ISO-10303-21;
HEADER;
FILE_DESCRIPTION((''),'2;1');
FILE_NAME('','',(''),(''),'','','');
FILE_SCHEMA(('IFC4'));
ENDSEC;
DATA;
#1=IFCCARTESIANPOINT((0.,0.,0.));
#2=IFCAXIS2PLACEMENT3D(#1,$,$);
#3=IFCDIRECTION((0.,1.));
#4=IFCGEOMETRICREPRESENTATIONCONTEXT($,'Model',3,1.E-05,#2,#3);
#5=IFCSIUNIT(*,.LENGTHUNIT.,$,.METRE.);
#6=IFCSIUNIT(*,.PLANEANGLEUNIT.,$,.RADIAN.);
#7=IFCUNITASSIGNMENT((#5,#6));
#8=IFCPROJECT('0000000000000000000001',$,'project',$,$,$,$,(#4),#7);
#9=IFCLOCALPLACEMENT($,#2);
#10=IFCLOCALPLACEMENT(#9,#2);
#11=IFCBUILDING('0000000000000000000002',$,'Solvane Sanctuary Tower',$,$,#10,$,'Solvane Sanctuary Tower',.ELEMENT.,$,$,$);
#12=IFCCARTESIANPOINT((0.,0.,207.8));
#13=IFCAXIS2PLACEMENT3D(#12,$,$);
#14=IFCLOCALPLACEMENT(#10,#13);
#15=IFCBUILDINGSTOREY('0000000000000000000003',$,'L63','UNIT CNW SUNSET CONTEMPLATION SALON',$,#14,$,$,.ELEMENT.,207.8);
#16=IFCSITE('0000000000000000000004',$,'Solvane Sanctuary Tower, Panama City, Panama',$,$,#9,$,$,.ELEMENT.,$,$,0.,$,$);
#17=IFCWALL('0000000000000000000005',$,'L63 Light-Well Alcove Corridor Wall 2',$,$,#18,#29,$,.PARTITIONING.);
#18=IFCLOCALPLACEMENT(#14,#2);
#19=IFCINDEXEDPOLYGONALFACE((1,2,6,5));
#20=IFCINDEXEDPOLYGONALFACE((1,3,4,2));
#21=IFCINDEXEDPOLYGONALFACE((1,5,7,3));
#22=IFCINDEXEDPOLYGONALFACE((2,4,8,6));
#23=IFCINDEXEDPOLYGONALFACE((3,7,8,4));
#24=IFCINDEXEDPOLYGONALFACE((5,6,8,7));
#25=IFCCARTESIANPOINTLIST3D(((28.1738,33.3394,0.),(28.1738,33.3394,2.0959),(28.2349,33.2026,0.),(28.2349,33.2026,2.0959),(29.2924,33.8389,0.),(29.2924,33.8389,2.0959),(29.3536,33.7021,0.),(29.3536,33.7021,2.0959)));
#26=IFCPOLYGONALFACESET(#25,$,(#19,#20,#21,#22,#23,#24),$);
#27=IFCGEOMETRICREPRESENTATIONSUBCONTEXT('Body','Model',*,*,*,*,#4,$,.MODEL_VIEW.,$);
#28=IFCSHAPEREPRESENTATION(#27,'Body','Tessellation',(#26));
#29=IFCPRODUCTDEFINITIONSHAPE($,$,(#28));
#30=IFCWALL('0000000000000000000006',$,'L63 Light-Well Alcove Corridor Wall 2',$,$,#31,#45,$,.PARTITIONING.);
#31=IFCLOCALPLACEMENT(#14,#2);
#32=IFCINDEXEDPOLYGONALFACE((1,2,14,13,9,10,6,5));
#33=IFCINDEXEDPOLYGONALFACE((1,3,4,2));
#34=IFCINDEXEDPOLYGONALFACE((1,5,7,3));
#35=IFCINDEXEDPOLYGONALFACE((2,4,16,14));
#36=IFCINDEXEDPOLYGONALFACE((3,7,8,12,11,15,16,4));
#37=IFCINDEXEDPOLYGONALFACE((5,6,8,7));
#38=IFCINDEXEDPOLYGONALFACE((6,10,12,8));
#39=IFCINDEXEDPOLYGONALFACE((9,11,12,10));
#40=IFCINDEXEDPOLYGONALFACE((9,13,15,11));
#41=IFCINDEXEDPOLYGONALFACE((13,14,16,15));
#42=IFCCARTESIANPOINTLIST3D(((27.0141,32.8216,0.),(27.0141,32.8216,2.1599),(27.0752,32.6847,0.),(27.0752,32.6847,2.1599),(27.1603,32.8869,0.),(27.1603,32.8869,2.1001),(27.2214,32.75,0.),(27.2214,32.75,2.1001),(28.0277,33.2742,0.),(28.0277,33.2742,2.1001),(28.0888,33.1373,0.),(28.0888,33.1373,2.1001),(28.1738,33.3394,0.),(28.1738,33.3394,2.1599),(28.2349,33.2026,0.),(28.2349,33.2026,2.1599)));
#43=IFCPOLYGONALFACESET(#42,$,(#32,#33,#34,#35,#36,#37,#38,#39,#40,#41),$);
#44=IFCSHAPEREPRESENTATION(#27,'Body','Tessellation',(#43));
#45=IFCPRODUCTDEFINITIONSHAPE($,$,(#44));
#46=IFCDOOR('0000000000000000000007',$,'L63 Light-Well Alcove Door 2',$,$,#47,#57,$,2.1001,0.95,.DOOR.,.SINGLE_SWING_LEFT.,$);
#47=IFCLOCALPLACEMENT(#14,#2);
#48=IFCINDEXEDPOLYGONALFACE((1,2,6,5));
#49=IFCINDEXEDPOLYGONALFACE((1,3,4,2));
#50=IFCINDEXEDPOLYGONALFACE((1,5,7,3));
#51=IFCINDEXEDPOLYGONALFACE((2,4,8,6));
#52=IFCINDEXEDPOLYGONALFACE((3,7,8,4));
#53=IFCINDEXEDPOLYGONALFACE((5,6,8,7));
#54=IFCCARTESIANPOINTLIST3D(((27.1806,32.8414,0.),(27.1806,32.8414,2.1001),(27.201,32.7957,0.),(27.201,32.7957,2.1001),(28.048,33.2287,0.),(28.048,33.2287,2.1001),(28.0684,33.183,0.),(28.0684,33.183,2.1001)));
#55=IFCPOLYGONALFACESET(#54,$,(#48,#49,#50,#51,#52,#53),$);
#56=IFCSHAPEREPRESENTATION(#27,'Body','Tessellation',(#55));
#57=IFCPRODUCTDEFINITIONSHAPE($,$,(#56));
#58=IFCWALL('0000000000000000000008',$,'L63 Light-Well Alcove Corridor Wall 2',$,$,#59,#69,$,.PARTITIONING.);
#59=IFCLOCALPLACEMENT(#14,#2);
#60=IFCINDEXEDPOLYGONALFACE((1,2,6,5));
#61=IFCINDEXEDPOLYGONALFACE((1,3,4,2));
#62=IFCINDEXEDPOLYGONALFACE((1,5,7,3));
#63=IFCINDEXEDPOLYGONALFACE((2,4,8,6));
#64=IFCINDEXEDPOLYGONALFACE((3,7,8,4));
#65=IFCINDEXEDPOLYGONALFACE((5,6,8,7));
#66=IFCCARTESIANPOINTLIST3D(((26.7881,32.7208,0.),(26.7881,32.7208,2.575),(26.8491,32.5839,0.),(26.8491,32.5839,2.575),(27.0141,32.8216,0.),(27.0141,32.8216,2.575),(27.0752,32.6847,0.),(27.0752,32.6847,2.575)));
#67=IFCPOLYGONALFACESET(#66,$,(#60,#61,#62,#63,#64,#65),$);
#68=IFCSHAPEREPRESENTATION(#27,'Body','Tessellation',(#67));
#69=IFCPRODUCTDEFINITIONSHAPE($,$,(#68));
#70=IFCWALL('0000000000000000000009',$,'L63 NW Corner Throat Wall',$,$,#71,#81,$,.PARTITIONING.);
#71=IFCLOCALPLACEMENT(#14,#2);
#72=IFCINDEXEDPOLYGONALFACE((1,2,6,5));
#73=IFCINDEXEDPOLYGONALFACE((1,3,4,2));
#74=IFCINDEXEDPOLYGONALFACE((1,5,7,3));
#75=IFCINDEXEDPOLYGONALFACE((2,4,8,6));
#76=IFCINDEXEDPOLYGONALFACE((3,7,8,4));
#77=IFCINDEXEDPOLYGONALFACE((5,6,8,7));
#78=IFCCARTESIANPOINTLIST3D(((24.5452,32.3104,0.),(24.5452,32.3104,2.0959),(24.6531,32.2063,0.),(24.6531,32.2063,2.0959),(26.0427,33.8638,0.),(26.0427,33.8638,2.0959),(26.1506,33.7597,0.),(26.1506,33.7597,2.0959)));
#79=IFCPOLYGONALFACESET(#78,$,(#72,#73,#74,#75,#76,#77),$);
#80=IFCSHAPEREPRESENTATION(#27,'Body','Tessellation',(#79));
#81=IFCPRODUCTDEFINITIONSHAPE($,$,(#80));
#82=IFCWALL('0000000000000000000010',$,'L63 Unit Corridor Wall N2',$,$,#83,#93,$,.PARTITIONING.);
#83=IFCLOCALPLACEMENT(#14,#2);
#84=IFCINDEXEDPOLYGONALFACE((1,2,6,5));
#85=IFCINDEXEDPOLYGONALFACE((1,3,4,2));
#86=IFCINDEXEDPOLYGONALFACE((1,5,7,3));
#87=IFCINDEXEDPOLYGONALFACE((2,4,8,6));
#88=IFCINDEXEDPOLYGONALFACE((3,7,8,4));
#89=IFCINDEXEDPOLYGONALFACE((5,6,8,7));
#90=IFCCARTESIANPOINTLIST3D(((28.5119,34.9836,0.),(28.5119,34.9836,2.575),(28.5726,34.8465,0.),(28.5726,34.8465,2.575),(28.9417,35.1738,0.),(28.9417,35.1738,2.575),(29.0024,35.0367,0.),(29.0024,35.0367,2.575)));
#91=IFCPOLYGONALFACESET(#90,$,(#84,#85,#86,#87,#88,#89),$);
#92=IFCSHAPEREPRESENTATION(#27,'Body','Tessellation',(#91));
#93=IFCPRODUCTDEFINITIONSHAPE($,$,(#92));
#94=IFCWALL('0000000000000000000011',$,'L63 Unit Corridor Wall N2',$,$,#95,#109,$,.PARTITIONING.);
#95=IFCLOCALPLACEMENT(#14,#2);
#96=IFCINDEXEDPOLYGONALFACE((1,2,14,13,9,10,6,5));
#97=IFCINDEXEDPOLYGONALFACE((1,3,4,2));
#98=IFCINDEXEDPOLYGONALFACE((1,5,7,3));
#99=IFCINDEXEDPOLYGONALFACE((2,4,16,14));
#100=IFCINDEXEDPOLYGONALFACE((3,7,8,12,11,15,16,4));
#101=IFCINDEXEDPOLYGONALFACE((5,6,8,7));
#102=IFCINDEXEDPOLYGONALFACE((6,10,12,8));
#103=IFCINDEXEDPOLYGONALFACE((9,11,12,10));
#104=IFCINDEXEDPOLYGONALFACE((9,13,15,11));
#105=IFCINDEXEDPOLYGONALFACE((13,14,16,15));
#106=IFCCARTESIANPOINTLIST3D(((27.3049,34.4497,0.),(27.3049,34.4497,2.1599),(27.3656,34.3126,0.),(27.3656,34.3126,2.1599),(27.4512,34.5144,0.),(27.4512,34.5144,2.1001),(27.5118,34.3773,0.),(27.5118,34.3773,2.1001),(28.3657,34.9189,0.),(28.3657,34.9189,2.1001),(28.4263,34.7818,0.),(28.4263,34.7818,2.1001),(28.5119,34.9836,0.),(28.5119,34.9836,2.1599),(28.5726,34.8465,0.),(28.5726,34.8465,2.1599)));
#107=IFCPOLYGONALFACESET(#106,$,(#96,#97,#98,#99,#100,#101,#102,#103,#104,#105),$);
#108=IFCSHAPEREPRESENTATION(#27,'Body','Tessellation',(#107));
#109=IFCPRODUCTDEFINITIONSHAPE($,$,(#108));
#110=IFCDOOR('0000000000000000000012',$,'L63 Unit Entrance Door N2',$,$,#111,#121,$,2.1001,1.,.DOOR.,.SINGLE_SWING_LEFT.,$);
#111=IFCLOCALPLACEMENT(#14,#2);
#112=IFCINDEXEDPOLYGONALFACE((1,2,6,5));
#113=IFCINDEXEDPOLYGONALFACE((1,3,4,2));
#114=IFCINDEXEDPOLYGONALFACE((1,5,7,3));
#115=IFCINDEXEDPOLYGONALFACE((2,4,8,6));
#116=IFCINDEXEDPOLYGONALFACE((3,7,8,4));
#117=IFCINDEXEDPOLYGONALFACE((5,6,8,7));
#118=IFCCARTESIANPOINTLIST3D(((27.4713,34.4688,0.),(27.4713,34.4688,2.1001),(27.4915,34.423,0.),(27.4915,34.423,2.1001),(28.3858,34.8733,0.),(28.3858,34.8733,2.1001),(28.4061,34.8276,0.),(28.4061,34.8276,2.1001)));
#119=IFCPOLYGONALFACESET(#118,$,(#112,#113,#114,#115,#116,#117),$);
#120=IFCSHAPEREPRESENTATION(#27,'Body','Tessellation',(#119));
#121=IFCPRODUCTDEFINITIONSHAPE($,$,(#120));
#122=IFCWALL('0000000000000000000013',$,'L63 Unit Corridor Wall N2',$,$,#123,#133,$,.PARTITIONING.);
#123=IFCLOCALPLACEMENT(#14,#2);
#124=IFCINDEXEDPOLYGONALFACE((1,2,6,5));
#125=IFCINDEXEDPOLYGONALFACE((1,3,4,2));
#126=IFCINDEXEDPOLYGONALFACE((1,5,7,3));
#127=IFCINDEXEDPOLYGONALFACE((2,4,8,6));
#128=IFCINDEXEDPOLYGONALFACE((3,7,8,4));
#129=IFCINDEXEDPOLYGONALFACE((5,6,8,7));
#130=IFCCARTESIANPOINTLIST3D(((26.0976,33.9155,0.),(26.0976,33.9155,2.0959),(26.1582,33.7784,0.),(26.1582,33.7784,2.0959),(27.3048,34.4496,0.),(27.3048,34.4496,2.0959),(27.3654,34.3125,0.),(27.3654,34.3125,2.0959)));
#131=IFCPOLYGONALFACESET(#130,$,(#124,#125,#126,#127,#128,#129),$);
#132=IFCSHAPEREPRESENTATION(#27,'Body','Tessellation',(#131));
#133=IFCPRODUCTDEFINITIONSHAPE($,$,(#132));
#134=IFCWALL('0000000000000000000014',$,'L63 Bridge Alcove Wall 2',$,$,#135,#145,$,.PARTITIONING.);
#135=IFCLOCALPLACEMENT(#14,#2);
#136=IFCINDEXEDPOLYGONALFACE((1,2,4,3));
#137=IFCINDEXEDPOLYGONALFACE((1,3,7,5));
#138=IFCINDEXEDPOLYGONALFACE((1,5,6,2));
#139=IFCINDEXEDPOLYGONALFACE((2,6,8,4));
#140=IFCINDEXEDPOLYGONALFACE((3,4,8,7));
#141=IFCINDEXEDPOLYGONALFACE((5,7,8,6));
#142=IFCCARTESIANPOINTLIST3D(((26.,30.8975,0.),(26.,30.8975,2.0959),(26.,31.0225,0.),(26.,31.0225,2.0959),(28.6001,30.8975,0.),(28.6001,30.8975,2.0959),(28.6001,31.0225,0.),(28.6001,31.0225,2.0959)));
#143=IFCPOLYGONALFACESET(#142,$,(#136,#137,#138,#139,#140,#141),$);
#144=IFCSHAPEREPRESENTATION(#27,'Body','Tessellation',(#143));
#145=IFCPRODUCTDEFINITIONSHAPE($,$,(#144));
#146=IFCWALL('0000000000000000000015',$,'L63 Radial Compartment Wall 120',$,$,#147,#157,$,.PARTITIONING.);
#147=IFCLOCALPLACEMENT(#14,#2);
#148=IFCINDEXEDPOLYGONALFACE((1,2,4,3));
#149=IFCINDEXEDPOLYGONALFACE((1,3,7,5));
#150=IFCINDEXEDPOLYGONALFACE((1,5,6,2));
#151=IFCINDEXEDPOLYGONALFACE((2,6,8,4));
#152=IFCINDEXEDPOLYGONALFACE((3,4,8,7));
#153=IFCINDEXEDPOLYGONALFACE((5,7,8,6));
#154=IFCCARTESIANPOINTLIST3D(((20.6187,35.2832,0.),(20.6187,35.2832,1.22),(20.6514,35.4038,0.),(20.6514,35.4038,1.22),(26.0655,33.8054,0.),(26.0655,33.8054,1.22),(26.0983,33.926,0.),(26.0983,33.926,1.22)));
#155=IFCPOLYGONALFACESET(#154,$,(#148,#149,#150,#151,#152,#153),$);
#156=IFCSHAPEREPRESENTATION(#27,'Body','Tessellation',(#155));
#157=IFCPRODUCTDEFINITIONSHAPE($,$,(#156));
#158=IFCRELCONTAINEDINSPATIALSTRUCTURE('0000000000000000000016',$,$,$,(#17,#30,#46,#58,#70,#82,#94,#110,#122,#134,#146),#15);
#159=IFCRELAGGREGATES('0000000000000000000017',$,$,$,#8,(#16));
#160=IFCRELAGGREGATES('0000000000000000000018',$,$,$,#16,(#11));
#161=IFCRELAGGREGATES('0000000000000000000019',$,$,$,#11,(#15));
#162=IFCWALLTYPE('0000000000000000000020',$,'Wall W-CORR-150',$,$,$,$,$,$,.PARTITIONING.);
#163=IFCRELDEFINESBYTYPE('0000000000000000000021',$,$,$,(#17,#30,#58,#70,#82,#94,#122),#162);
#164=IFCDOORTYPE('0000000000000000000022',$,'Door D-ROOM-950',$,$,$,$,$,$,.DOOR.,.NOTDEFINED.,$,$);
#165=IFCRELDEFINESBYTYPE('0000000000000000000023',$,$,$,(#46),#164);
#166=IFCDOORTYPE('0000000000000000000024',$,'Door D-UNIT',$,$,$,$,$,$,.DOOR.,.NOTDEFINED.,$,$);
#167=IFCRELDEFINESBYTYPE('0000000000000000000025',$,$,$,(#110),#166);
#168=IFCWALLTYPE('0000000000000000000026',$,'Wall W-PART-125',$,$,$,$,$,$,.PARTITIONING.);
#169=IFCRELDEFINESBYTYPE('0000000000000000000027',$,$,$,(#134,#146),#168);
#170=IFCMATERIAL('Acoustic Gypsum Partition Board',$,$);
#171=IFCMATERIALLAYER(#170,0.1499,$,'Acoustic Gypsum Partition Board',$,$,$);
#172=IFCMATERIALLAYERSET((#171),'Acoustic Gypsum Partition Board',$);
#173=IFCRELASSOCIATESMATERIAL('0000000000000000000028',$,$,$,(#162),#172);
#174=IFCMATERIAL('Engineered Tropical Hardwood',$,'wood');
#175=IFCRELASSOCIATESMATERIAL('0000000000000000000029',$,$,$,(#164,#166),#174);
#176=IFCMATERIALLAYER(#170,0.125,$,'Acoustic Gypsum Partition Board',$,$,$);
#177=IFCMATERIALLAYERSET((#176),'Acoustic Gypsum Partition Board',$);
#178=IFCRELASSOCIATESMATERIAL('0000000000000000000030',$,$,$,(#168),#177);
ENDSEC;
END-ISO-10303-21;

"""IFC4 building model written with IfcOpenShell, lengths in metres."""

from ifc_helpers import new_model, si_unit, direction, frame, frame_2d, origin, place, context, subcontext, project, spatial, rectangle, extrude, material, layer, layer_set, type_object, element, fill, save


model = new_model("IFC4")

# Units and contexts
model_context = context("Model", 3, precision=1e-05, world=origin(), true_north=direction((0.0, 1.0)))
body_context = subcontext(model_context, "Body", "Model", "MODEL_VIEW")
ifc_project = project(units=[si_unit("LENGTHUNIT", "METRE"), si_unit("PLANEANGLEUNIT", "RADIAN")], contexts=[model_context])

# Site, building, storey
site_placement = place(None, origin())
site = spatial("IfcSite", under=ifc_project, at=site_placement, Name="Solvane Sanctuary Tower, Panama City, Panama", CompositionType="ELEMENT", RefElevation=0.0)
building_placement = place(site_placement, origin())
building = spatial("IfcBuilding", under=site, at=building_placement, Name="Solvane Sanctuary Tower", LongName="Solvane Sanctuary Tower", CompositionType="ELEMENT")
storey_placement = place(building_placement, frame((0.0, 0.0, 207.8)))
storey = spatial("IfcBuildingStorey", under=building, at=storey_placement, Name="L63", Description="UNIT CNW SUNSET CONTEMPLATION SALON", CompositionType="ELEMENT", Elevation=207.8)

# Wall
ifc_material_1 = material(Name="Acoustic Gypsum Partition Board")
ifc_layer_1 = layer(ifc_material_1, 0.1499, Name="Acoustic Gypsum Partition Board")
ifc_layer_set_1 = layer_set([ifc_layer_1], Name="Acoustic Gypsum Partition Board")
wall_type_1 = type_object("IfcWallType", Name="Wall W-CORR-150", PredefinedType="PARTITIONING", material=ifc_layer_set_1)
wall_1_placement = place(storey_placement, frame((29.323, 33.7705, 0.0), z_axis=(0.0, 0.0, 1.0), x_axis=(-0.913103, -0.407728, 0.0)))
element("IfcWall", 1, at=wall_1_placement, inside=storey, type_object=wall_type_1, Name="L63 Light-Well Alcove Corridor Wall 2", PredefinedType="PARTITIONING", context=body_context, shape_type="SweptSolid", body=[
    extrude(rectangle(XDim=1.2251, YDim=0.1499, at=frame_2d((0.6125, 0.0))), origin(), (0.0, 0.0, 1.0), 2.0959),
])

# Wall, opening, door
wall_2_placement = place(storey_placement, frame((28.2043, 33.271, 0.0), z_axis=(0.0, 0.0, 1.0), x_axis=(-0.913105, -0.407725, 0.0)))
wall_2 = element("IfcWall", 2, at=wall_2_placement, inside=storey, type_object=wall_type_1, Name="L63 Light-Well Alcove Corridor Wall 2", PredefinedType="PARTITIONING", context=body_context, shape_type="SweptSolid", body=[
    extrude(rectangle(XDim=1.27, YDim=0.1499, at=frame_2d((0.635, 0.0))), origin(), (0.0, 0.0, 1.0), 2.1599),
])
opening_1_placement = place(wall_2_placement, frame((0.1599, 0.0, 0.0)))
opening_1 = element("IfcOpeningElement", 3, at=opening_1_placement, cuts=wall_2, PredefinedType="OPENING", context=body_context, shape_type="SweptSolid", body=[
    extrude(rectangle(XDim=0.95, YDim=2.1001, at=frame_2d((0.4751, 1.05))), frame((0.0, 0.085, 0.0), z_axis=(0.0, -1.0, 0.0), x_axis=(1.0, 0.0, 0.0)), (0.0, 0.0, 1.0), 0.1699),
])
ifc_material_2 = material(Name="Engineered Tropical Hardwood", Category="wood")
door_type_1 = type_object("IfcDoorType", Name="Door D-ROOM-950", OperationType="NOTDEFINED", PredefinedType="DOOR", material=ifc_material_2)
door_1_placement = place(opening_1_placement, origin())
door_1 = element("IfcDoor", 4, at=door_1_placement, inside=storey, type_object=door_type_1, Name="L63 Light-Well Alcove Door 2", OperationType="SINGLE_SWING_LEFT", OverallHeight=2.1001, OverallWidth=0.95, PredefinedType="DOOR", context=body_context, shape_type="SweptSolid", body=[
    extrude(rectangle(XDim=0.95, YDim=2.1001, at=frame_2d((0.4751, 1.05))), frame((0.0, 0.0249, 0.0), z_axis=(0.0, -1.0, 0.0), x_axis=(1.0, 0.0, 0.0)), (0.0, 0.0, 1.0), 0.05),
])
fill(opening_1, door_1)

# Walls
wall_3_placement = place(storey_placement, frame((27.0447, 32.7532, 0.0), z_axis=(0.0, 0.0, 1.0), x_axis=(-0.913282, -0.407328, 0.0)))
element("IfcWall", 5, at=wall_3_placement, inside=storey, type_object=wall_type_1, Name="L63 Light-Well Alcove Corridor Wall 2", PredefinedType="PARTITIONING", context=body_context, shape_type="SweptSolid", body=[
    extrude(rectangle(XDim=0.2476, YDim=0.1499, at=frame_2d((0.1238, 0.0))), origin(), (0.0, 0.0, 1.0), 2.575),
])
wall_4_placement = place(storey_placement, frame((26.0967, 33.8118, 0.0), z_axis=(0.0, 0.0, 1.0), x_axis=(-0.694033, -0.719943, 0.0)))
element("IfcWall", 6, at=wall_4_placement, inside=storey, type_object=wall_type_1, Name="L63 NW Corner Throat Wall", PredefinedType="PARTITIONING", context=body_context, shape_type="SweptSolid", body=[
    extrude(rectangle(XDim=2.1577, YDim=0.1499, at=frame_2d((1.0789, 0.0))), origin(), (0.0, 0.0, 1.0), 2.0959),
])
wall_5_placement = place(storey_placement, frame((28.9719, 35.1052, 0.0), z_axis=(0.0, 0.0, 1.0), x_axis=(-0.914432, -0.40474, 0.0)))
element("IfcWall", 7, at=wall_5_placement, inside=storey, type_object=wall_type_1, Name="L63 Unit Corridor Wall N2", PredefinedType="PARTITIONING", context=body_context, shape_type="SweptSolid", body=[
    extrude(rectangle(XDim=0.47, YDim=0.1499, at=frame_2d((0.2349, 0.0))), origin(), (0.0, 0.0, 1.0), 2.575),
])

# Wall, opening, door
wall_6_placement = place(storey_placement, frame((28.5422, 34.915, 0.0), z_axis=(0.0, 0.0, 1.0), x_axis=(-0.91452, -0.404542, 0.0)))
wall_6 = element("IfcWall", 8, at=wall_6_placement, inside=storey, type_object=wall_type_1, Name="L63 Unit Corridor Wall N2", PredefinedType="PARTITIONING", context=body_context, shape_type="SweptSolid", body=[
    extrude(rectangle(XDim=1.3198, YDim=0.1499, at=frame_2d((0.6599, 0.0))), origin(), (0.0, 0.0, 1.0), 2.1599),
])
opening_2_placement = place(wall_6_placement, frame((0.1599, 0.0, 0.0)))
opening_2 = element("IfcOpeningElement", 9, at=opening_2_placement, cuts=wall_6, PredefinedType="OPENING", context=body_context, shape_type="SweptSolid", body=[
    extrude(rectangle(XDim=1.0, YDim=2.1001, at=frame_2d((0.5, 1.05))), frame((0.0, 0.085, 0.0), z_axis=(0.0, -1.0, 0.0), x_axis=(1.0, 0.0, 0.0)), (0.0, 0.0, 1.0), 0.1699),
])
door_type_2 = type_object("IfcDoorType", Name="Door D-UNIT", OperationType="NOTDEFINED", PredefinedType="DOOR", material=ifc_material_2)
door_2_placement = place(opening_2_placement, origin())
door_2 = element("IfcDoor", 10, at=door_2_placement, inside=storey, type_object=door_type_2, Name="L63 Unit Entrance Door N2", OperationType="SINGLE_SWING_LEFT", OverallHeight=2.1001, OverallWidth=1.0, PredefinedType="DOOR", context=body_context, shape_type="SweptSolid", body=[
    extrude(rectangle(XDim=1.0, YDim=2.1001, at=frame_2d((0.5, 1.05))), frame((0.0, 0.0249, 0.0), z_axis=(0.0, -1.0, 0.0), x_axis=(1.0, 0.0, 0.0)), (0.0, 0.0, 1.0), 0.05),
])
fill(opening_2, door_2)

# Walls
wall_7_placement = place(storey_placement, frame((27.3352, 34.3811, 0.0), z_axis=(0.0, 0.0, 1.0), x_axis=(-0.914481, -0.404628, 0.0)))
element("IfcWall", 11, at=wall_7_placement, inside=storey, type_object=wall_type_1, Name="L63 Unit Corridor Wall N2", PredefinedType="PARTITIONING", context=body_context, shape_type="SweptSolid", body=[
    extrude(rectangle(XDim=1.3201, YDim=0.1499, at=frame_2d((0.6602, 0.0))), origin(), (0.0, 0.0, 1.0), 2.0959),
])
ifc_layer_2 = layer(ifc_material_1, 0.125, Name="Acoustic Gypsum Partition Board")
ifc_layer_set_2 = layer_set([ifc_layer_2], Name="Acoustic Gypsum Partition Board")
wall_type_2 = type_object("IfcWallType", Name="Wall W-PART-125", PredefinedType="PARTITIONING", material=ifc_layer_set_2)
wall_8_placement = place(storey_placement, frame((26.0, 30.96, 0.0), z_axis=(0.0, 0.0, 1.0), x_axis=(1.0, 0.0, 0.0)))
element("IfcWall", 12, at=wall_8_placement, inside=storey, type_object=wall_type_2, Name="L63 Bridge Alcove Wall 2", PredefinedType="PARTITIONING", context=body_context, shape_type="SweptSolid", body=[
    extrude(rectangle(XDim=2.6001, YDim=0.125, at=frame_2d((1.3, 0.0))), origin(), (0.0, 0.0, 1.0), 2.0959),
])
wall_9_placement = place(storey_placement, frame((26.0818, 33.8657, 0.0), z_axis=(0.0, 0.0, 1.0), x_axis=(-0.965109, 0.261847, 0.0)))
element("IfcWall", 13, at=wall_9_placement, inside=storey, type_object=wall_type_2, Name="L63 Radial Compartment Wall 120", PredefinedType="PARTITIONING", context=body_context, shape_type="SweptSolid", body=[
    extrude(rectangle(XDim=5.6438, YDim=0.125, at=frame_2d((2.8218, 0.0))), origin(), (0.0, 0.0, 1.0), 1.22),
])

save(model, "model.ifc")
